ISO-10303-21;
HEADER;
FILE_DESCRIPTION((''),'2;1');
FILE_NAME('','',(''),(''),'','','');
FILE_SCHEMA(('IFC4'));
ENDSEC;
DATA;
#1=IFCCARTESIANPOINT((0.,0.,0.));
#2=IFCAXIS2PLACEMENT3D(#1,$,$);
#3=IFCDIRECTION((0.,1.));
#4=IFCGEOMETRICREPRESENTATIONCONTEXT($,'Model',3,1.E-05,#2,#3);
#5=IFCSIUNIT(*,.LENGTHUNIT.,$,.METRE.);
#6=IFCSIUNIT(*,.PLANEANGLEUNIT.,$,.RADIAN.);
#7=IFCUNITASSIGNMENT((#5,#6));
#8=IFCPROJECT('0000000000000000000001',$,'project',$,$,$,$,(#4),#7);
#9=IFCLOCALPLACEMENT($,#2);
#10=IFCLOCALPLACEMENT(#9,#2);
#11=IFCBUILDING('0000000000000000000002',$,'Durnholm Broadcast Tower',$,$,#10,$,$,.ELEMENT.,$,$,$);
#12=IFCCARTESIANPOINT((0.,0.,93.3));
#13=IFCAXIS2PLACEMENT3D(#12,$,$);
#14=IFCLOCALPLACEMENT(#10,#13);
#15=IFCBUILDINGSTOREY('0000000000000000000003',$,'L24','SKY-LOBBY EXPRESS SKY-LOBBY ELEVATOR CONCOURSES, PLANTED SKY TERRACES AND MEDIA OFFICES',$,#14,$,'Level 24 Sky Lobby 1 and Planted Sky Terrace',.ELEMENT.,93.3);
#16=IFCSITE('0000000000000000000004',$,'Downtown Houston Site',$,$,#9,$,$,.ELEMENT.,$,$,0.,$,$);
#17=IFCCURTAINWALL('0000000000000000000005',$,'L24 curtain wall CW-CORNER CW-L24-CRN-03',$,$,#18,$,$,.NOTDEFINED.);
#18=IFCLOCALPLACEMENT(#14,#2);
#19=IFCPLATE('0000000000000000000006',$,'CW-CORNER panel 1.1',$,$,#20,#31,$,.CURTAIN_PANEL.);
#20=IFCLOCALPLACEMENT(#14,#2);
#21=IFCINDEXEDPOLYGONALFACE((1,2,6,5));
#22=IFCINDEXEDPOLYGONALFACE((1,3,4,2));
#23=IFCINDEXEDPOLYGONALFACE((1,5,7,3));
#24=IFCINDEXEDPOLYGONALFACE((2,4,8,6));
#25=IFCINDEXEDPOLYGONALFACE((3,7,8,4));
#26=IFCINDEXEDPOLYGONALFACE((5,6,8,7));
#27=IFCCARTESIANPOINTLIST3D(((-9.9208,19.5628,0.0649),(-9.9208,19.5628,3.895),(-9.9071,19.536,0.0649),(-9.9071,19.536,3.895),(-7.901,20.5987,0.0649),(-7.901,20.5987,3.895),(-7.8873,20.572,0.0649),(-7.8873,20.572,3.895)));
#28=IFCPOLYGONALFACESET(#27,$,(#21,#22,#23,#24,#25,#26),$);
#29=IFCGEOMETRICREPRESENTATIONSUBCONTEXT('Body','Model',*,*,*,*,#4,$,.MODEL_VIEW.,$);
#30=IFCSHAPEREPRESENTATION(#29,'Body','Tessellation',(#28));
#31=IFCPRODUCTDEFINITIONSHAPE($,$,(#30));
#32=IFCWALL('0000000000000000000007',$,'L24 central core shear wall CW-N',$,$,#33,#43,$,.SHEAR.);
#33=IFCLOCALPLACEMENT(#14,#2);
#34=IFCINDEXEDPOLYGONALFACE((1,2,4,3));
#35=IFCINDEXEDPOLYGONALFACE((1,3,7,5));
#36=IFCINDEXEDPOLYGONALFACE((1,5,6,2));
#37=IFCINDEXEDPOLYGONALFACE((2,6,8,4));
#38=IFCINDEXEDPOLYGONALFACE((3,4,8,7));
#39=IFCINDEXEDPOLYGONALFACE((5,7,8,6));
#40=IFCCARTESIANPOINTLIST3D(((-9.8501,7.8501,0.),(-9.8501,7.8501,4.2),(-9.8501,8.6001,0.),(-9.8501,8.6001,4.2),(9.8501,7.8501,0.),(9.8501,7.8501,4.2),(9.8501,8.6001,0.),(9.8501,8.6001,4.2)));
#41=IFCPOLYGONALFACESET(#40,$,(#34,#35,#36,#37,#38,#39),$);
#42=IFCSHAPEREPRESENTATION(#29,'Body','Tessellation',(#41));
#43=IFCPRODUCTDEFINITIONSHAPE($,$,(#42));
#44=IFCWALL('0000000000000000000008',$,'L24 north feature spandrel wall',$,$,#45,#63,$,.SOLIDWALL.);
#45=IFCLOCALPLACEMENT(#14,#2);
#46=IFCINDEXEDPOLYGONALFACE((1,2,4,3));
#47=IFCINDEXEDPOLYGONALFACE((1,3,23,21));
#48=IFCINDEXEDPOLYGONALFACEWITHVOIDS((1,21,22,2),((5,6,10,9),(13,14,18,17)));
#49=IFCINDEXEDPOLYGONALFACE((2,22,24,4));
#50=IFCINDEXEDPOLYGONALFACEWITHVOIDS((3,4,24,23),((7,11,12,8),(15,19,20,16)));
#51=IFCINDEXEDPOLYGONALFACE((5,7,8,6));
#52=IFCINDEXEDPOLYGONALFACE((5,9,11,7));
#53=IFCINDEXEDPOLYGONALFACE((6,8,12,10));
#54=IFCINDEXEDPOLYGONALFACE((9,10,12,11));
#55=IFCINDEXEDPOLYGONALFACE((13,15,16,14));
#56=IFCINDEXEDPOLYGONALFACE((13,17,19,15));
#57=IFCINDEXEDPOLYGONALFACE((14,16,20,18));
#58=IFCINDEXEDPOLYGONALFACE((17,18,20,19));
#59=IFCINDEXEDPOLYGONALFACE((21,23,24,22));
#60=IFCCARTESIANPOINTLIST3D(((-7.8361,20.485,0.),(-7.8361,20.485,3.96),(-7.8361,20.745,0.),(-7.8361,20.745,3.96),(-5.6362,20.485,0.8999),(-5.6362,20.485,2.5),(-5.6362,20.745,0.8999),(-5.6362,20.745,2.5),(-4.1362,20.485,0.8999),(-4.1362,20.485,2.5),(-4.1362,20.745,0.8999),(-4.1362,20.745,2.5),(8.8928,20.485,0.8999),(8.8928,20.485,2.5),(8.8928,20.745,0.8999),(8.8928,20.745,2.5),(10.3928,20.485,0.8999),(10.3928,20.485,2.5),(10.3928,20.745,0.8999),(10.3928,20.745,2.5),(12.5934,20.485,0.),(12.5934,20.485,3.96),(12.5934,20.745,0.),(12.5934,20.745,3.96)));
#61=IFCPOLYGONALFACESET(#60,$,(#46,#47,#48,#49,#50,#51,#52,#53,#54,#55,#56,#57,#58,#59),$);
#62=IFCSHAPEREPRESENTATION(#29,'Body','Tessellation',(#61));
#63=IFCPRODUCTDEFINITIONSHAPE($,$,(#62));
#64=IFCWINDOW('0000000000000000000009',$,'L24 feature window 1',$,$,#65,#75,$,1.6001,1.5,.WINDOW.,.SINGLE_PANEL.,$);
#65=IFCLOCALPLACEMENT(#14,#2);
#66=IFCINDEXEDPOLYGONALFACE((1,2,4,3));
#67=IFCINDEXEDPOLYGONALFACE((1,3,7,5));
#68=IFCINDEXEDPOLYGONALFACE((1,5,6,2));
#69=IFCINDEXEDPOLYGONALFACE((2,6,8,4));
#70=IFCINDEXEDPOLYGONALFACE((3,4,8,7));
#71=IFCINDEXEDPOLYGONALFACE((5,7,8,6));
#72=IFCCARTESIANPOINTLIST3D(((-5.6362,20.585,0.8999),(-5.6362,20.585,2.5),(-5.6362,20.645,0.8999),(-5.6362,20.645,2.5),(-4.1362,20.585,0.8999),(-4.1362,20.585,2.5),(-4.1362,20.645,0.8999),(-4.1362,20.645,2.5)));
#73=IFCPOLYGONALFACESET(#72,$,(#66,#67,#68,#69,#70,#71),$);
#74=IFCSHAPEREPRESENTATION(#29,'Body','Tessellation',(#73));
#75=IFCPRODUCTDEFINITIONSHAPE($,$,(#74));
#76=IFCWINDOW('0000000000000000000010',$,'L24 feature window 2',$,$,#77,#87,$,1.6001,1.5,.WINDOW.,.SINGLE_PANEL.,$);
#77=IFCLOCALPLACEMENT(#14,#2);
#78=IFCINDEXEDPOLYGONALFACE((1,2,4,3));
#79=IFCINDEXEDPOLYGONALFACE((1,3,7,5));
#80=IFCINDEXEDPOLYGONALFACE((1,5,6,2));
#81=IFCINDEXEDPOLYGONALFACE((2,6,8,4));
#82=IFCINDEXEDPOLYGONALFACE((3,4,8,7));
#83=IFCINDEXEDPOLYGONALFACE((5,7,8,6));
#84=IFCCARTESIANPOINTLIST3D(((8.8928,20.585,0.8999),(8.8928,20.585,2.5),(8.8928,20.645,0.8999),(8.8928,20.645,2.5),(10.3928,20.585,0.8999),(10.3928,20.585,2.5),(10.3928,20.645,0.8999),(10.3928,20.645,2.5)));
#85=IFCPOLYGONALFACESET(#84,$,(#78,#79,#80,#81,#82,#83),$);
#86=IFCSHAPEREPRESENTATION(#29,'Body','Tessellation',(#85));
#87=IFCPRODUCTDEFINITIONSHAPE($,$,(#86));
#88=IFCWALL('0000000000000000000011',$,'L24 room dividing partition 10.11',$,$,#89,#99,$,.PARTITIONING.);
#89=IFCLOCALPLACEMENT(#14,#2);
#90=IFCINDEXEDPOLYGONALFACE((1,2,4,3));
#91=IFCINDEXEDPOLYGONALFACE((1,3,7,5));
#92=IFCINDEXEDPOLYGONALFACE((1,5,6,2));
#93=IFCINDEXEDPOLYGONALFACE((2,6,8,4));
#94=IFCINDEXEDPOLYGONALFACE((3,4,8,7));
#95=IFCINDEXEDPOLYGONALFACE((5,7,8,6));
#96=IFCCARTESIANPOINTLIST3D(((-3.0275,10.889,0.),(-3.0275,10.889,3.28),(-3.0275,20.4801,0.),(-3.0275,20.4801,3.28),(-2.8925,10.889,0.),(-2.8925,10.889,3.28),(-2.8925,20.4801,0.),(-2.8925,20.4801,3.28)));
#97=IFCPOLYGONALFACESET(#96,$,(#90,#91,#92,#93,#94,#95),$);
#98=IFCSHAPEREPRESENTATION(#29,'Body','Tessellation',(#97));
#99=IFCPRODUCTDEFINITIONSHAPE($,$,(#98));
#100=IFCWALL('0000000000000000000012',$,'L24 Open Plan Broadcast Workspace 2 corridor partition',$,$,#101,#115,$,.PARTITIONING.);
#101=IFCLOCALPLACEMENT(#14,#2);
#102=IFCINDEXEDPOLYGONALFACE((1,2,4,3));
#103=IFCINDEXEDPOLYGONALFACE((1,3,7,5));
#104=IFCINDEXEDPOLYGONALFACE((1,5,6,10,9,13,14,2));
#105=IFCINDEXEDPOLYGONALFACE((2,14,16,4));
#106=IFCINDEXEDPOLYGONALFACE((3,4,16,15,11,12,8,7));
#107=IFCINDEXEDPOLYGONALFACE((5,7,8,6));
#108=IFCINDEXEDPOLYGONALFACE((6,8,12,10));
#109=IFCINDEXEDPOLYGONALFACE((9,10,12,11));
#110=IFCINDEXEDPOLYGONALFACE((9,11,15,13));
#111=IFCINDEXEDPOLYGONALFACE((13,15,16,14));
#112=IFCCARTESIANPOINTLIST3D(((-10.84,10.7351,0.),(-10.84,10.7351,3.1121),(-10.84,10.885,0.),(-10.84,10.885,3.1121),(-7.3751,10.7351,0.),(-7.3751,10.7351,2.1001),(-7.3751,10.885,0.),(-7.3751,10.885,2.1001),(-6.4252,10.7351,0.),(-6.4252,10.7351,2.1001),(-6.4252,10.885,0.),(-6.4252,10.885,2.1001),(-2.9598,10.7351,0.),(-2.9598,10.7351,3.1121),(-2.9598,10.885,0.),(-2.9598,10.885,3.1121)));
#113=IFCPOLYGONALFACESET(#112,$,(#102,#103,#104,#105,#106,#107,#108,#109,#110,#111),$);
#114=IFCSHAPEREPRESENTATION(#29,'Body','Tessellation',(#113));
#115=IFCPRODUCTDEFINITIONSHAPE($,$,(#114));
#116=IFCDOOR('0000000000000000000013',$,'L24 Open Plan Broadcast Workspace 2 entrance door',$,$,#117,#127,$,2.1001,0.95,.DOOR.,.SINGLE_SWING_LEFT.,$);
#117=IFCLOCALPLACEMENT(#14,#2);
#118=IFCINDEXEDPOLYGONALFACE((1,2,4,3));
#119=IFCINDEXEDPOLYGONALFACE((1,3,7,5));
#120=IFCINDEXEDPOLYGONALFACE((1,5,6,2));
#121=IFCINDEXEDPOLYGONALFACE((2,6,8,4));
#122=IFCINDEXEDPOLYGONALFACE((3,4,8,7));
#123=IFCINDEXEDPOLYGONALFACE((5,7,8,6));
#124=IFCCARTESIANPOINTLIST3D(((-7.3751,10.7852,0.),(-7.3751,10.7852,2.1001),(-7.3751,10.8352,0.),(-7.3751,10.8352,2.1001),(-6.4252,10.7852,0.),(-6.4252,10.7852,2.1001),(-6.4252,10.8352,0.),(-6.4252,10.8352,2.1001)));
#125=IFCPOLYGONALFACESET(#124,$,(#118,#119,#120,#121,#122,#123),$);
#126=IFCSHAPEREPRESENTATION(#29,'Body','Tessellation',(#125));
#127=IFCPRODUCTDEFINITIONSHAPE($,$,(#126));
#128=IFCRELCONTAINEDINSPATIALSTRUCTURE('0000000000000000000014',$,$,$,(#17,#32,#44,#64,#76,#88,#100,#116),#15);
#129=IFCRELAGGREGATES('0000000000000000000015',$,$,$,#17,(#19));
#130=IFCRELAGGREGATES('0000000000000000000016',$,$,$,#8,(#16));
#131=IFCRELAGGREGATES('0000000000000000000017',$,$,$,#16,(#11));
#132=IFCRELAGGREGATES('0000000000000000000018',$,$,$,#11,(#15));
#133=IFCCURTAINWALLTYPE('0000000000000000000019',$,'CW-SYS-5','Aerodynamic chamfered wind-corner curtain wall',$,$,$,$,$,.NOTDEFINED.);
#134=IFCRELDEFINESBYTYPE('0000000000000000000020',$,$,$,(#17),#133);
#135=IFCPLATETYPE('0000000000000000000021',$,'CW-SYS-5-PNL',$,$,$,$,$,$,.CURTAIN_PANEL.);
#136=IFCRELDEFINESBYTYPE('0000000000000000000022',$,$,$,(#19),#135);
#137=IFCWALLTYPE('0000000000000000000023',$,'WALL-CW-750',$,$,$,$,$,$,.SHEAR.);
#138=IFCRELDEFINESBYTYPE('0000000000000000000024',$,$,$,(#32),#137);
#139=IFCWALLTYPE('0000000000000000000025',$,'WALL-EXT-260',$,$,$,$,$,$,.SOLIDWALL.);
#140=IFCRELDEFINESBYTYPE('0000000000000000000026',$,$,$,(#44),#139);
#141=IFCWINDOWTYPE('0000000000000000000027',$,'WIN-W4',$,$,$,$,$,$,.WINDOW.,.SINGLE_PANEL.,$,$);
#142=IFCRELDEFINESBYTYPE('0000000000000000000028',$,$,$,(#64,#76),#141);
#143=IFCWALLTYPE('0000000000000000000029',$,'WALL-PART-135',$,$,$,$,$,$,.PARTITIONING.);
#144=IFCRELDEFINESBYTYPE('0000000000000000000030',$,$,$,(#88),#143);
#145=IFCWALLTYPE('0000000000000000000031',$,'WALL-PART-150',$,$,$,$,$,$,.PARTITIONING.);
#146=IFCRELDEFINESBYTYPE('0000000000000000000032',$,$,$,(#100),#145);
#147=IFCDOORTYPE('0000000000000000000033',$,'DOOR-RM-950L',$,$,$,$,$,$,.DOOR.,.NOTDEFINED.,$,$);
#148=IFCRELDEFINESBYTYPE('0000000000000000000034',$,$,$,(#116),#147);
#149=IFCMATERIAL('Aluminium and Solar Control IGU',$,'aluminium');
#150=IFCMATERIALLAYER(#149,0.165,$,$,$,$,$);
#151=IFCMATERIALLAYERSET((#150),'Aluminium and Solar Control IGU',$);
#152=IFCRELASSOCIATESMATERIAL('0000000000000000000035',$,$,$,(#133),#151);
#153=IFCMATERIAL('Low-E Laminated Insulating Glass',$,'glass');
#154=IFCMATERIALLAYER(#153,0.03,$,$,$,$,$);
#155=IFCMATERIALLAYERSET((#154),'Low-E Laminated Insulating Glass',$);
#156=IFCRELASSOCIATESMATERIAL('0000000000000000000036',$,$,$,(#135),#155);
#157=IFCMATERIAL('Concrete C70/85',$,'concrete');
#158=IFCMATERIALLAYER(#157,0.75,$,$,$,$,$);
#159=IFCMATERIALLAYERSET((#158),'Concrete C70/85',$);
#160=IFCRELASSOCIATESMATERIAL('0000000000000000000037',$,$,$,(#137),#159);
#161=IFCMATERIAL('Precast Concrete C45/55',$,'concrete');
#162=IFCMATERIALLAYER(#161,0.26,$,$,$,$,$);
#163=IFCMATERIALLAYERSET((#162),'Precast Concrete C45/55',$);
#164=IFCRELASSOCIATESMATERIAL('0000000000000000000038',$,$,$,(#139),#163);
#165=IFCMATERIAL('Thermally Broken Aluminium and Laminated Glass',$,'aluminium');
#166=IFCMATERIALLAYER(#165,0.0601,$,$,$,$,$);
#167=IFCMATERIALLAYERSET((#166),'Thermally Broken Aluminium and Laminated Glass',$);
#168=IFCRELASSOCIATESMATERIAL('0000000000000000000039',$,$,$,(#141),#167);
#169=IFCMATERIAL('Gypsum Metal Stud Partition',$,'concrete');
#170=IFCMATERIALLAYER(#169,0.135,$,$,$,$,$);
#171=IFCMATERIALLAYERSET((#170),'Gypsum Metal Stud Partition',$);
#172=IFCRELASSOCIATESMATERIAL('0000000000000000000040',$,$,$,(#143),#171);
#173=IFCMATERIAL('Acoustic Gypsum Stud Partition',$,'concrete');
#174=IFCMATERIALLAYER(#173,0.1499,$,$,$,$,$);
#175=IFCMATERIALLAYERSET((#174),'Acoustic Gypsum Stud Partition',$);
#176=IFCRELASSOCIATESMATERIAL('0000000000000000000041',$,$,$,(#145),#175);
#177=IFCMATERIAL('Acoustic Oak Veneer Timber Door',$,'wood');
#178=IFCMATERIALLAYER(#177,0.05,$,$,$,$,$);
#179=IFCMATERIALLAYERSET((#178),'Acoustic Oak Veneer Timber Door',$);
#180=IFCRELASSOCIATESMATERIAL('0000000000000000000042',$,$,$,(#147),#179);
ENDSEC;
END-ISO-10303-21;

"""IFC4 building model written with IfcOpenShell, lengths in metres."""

from ifc_helpers import new_model, si_unit, direction, frame, frame_2d, origin, origin_2d, place, context, subcontext, project, spatial, rectangle, extrude, source, transform, mapped, material, layer, layer_set, type_object, type_shapes, element, fill, aggregate, save


model = new_model("IFC4")

# Units and contexts
model_context = context("Model", 3, precision=1e-05, world=origin(), true_north=direction((0.0, 1.0)))
body_context = subcontext(model_context, "Body", "Model", "MODEL_VIEW")
ifc_project = project(units=[si_unit("LENGTHUNIT", "METRE"), si_unit("PLANEANGLEUNIT", "RADIAN")], contexts=[model_context])

# Site, building, storey
site_placement = place(None, origin())
site = spatial("IfcSite", under=ifc_project, at=site_placement, Name="Downtown Houston Site", CompositionType="ELEMENT", RefElevation=0.0)
building_placement = place(site_placement, origin())
building = spatial("IfcBuilding", under=site, at=building_placement, Name="Durnholm Broadcast Tower", CompositionType="ELEMENT")
storey_placement = place(building_placement, frame((0.0, 0.0, 93.3)))
storey = spatial("IfcBuildingStorey", under=building, at=storey_placement, Name="L24", Description="SKY-LOBBY EXPRESS SKY-LOBBY ELEVATOR CONCOURSES, PLANTED SKY TERRACES AND MEDIA OFFICES", LongName="Level 24 Sky Lobby 1 and Planted Sky Terrace", CompositionType="ELEMENT", Elevation=93.3)

# Shared definitions
ifc_material_1 = material(Name="Concrete C70/85", Category="concrete")

# Curtain wall, plate
ifc_material_2 = material(Name="Aluminium and Solar Control IGU", Category="aluminium")
ifc_layer_1 = layer(ifc_material_2, 0.165)
ifc_layer_set_1 = layer_set([ifc_layer_1], Name="Aluminium and Solar Control IGU")
curtain_wall_type = type_object("IfcCurtainWallType", Name="CW-SYS-5", Description="Aerodynamic chamfered wind-corner curtain wall", PredefinedType="NOTDEFINED", material=ifc_layer_set_1)
curtain_wall_placement = place(storey_placement, origin())
curtain_wall = element("IfcCurtainWall", 1, at=curtain_wall_placement, inside=storey, type_object=curtain_wall_type, Name="L24 curtain wall CW-CORNER CW-L24-CRN-03", PredefinedType="NOTDEFINED")
ifc_material_3 = material(Name="Low-E Laminated Insulating Glass", Category="glass")
ifc_layer_2 = layer(ifc_material_3, 0.03)
ifc_layer_set_2 = layer_set([ifc_layer_2], Name="Low-E Laminated Insulating Glass")
plate_type = type_object("IfcPlateType", Name="CW-SYS-5-PNL", PredefinedType="CURTAIN_PANEL", material=ifc_layer_set_2)
shared_shape_1 = source(origin(), body_context, "Body", "SweptSolid", [
    extrude(rectangle(XDim=2.27, YDim=0.03, at=origin_2d()), origin(), (0.0, 0.0, 1.0), 3.8301),
])
type_shapes(plate_type, [shared_shape_1])
plate_placement = place(storey_placement, frame((-8.9041, 20.0674, 0.0649), z_axis=(0.0, 0.0, 1.0), x_axis=(0.889788, 0.456373, 0.0)))
plate = element("IfcPlate", 2, at=plate_placement, type_object=plate_type, Name="CW-CORNER panel 1.1", PredefinedType="CURTAIN_PANEL", context=body_context, shape_type="MappedRepresentation", body=[
    mapped(shared_shape_1, transform((0.0, 0.0, 0.0), x_axis=(1.0, 0.0, 0.0), y_axis=(0.0, 1.0, 0.0), z_axis=(0.0, 0.0, 1.0), scale=1.0)),
])
aggregate(curtain_wall, [plate])

# Wall
ifc_layer_3 = layer(ifc_material_1, 0.75)
ifc_layer_set_3 = layer_set([ifc_layer_3], Name="Concrete C70/85")
wall_type_1 = type_object("IfcWallType", Name="WALL-CW-750", PredefinedType="SHEAR", material=ifc_layer_set_3)
wall_1_placement = place(storey_placement, frame((-9.8501, 8.2251, 0.0), z_axis=(0.0, 0.0, 1.0), x_axis=(1.0, 0.0, 0.0)))
element("IfcWall", 3, at=wall_1_placement, inside=storey, type_object=wall_type_1, Name="L24 central core shear wall CW-N", PredefinedType="SHEAR", context=body_context, shape_type="SweptSolid", body=[
    extrude(rectangle(XDim=19.7002, YDim=0.75, at=frame_2d((9.8501, 0.0))), origin(), (0.0, 0.0, 1.0), 4.2),
])

# Wall, openings, windows
ifc_material_4 = material(Name="Precast Concrete C45/55", Category="concrete")
ifc_layer_4 = layer(ifc_material_4, 0.26)
ifc_layer_set_4 = layer_set([ifc_layer_4], Name="Precast Concrete C45/55")
wall_type_2 = type_object("IfcWallType", Name="WALL-EXT-260", PredefinedType="SOLIDWALL", material=ifc_layer_set_4)
wall_2_placement = place(storey_placement, frame((-7.8362, 20.615, 0.0), z_axis=(0.0, 0.0, 1.0), x_axis=(1.0, 0.0, 0.0)))
wall_2 = element("IfcWall", 4, at=wall_2_placement, inside=storey, type_object=wall_type_2, Name="L24 north feature spandrel wall", PredefinedType="SOLIDWALL", context=body_context, shape_type="SweptSolid", body=[
    extrude(rectangle(XDim=20.4294, YDim=0.26, at=frame_2d((10.2148, 0.0))), origin(), (0.0, 0.0, 1.0), 3.96),
])
opening_1_placement = place(wall_2_placement, frame((2.2, 0.0, 0.8999)))
opening_1 = element("IfcOpeningElement", 5, at=opening_1_placement, cuts=wall_2, PredefinedType="OPENING", context=body_context, shape_type="SweptSolid", body=[
    extrude(rectangle(XDim=1.5, YDim=1.6001, at=frame_2d((0.75, 0.8))), frame((0.0, 0.1401, 0.0), z_axis=(0.0, -1.0, 0.0), x_axis=(1.0, 0.0, 0.0)), (0.0, 0.0, 1.0), 0.28),
])
opening_2_placement = place(wall_2_placement, frame((16.729, 0.0, 0.8999)))
opening_2 = element("IfcOpeningElement", 6, at=opening_2_placement, cuts=wall_2, PredefinedType="OPENING", context=body_context, shape_type="SweptSolid", body=[
    extrude(rectangle(XDim=1.5, YDim=1.6001, at=frame_2d((0.75, 0.8))), frame((0.0, 0.1401, 0.0), z_axis=(0.0, -1.0, 0.0), x_axis=(1.0, 0.0, 0.0)), (0.0, 0.0, 1.0), 0.28),
])
ifc_material_5 = material(Name="Thermally Broken Aluminium and Laminated Glass", Category="aluminium")
ifc_layer_5 = layer(ifc_material_5, 0.0601)
ifc_layer_set_5 = layer_set([ifc_layer_5], Name="Thermally Broken Aluminium and Laminated Glass")
window_type = type_object("IfcWindowType", Name="WIN-W4", PartitioningType="SINGLE_PANEL", PredefinedType="WINDOW", material=ifc_layer_set_5)
shared_shape_2 = source(origin(), body_context, "Body", "SweptSolid", [
    extrude(rectangle(XDim=1.5, YDim=1.6001, at=frame_2d((0.75, 0.8))), frame((0.0, 0.03, 0.0), z_axis=(0.0, -1.0, 0.0), x_axis=(1.0, 0.0, 0.0)), (0.0, 0.0, 1.0), 0.0601),
])
type_shapes(window_type, [shared_shape_2])
window_1_placement = place(opening_1_placement, origin())
window_1 = element("IfcWindow", 7, at=window_1_placement, inside=storey, type_object=window_type, Name="L24 feature window 1", OverallHeight=1.6001, OverallWidth=1.5, PartitioningType="SINGLE_PANEL", PredefinedType="WINDOW", context=body_context, shape_type="MappedRepresentation", body=[
    mapped(shared_shape_2, transform((0.0, 0.0, 0.0), x_axis=(1.0, 0.0, 0.0), y_axis=(0.0, 1.0, 0.0), z_axis=(0.0, 0.0, 1.0), scale=1.0)),
])
fill(opening_1, window_1)
window_2_placement = place(opening_2_placement, origin())
window_2 = element("IfcWindow", 8, at=window_2_placement, inside=storey, type_object=window_type, Name="L24 feature window 2", OverallHeight=1.6001, OverallWidth=1.5, PartitioningType="SINGLE_PANEL", PredefinedType="WINDOW", context=body_context, shape_type="MappedRepresentation", body=[
    mapped(shared_shape_2, transform((0.0, 0.0, 0.0), x_axis=(1.0, 0.0, 0.0), y_axis=(0.0, 1.0, 0.0), z_axis=(0.0, 0.0, 1.0), scale=1.0)),
])
fill(opening_2, window_2)

# Wall
ifc_material_6 = material(Name="Gypsum Metal Stud Partition", Category="concrete")
ifc_layer_6 = layer(ifc_material_6, 0.135)
ifc_layer_set_6 = layer_set([ifc_layer_6], Name="Gypsum Metal Stud Partition")
wall_type_3 = type_object("IfcWallType", Name="WALL-PART-135", PredefinedType="PARTITIONING", material=ifc_layer_set_6)
wall_3_placement = place(storey_placement, frame((-2.96, 20.48, 0.0), z_axis=(0.0, 0.0, 1.0), x_axis=(0.0, -1.0, 0.0)))
element("IfcWall", 9, at=wall_3_placement, inside=storey, type_object=wall_type_3, Name="L24 room dividing partition 10.11", PredefinedType="PARTITIONING", context=body_context, shape_type="SweptSolid", body=[
    extrude(rectangle(XDim=9.5911, YDim=0.135, at=frame_2d((4.7954, 0.0))), origin(), (0.0, 0.0, 1.0), 3.28),
])

# Wall, opening, door
ifc_material_7 = material(Name="Acoustic Gypsum Stud Partition", Category="concrete")
ifc_layer_7 = layer(ifc_material_7, 0.1499)
ifc_layer_set_7 = layer_set([ifc_layer_7], Name="Acoustic Gypsum Stud Partition")
wall_type_4 = type_object("IfcWallType", Name="WALL-PART-150", PredefinedType="PARTITIONING", material=ifc_layer_set_7)
wall_4_placement = place(storey_placement, frame((-2.96, 10.8101, 0.0), z_axis=(0.0, 0.0, 1.0), x_axis=(-1.0, 0.0, 0.0)))
wall_4 = element("IfcWall", 10, at=wall_4_placement, inside=storey, type_object=wall_type_4, Name="L24 Open Plan Broadcast Workspace 2 corridor partition", PredefinedType="PARTITIONING", context=body_context, shape_type="SweptSolid", body=[
    extrude(rectangle(XDim=7.8801, YDim=0.1499, at=frame_2d((3.9399, 0.0))), origin(), (0.0, 0.0, 1.0), 3.1121),
])
opening_3_placement = place(wall_4_placement, frame((3.4651, 0.0, 0.0)))
opening_3 = element("IfcOpeningElement", 11, at=opening_3_placement, cuts=wall_4, PredefinedType="OPENING", context=body_context, shape_type="SweptSolid", body=[
    extrude(rectangle(XDim=0.95, YDim=2.1001, at=frame_2d((0.4751, 1.05))), frame((0.0, 0.085, 0.0), z_axis=(0.0, -1.0, 0.0), x_axis=(1.0, 0.0, 0.0)), (0.0, 0.0, 1.0), 0.1699),
])
ifc_material_8 = material(Name="Acoustic Oak Veneer Timber Door", Category="wood")
ifc_layer_8 = layer(ifc_material_8, 0.05)
ifc_layer_set_8 = layer_set([ifc_layer_8], Name="Acoustic Oak Veneer Timber Door")
door_type = type_object("IfcDoorType", Name="DOOR-RM-950L", OperationType="NOTDEFINED", PredefinedType="DOOR", material=ifc_layer_set_8)
shared_shape_3 = source(origin(), body_context, "Body", "SweptSolid", [
    extrude(rectangle(XDim=0.95, YDim=2.1001, at=frame_2d((0.4751, 1.05))), frame((0.0, 0.0249, 0.0), z_axis=(0.0, -1.0, 0.0), x_axis=(1.0, 0.0, 0.0)), (0.0, 0.0, 1.0), 0.05),
])
type_shapes(door_type, [shared_shape_3])
door_placement = place(opening_3_placement, origin())
door = element("IfcDoor", 12, at=door_placement, inside=storey, type_object=door_type, Name="L24 Open Plan Broadcast Workspace 2 entrance door", OperationType="SINGLE_SWING_LEFT", OverallHeight=2.1001, OverallWidth=0.95, PredefinedType="DOOR", context=body_context, shape_type="MappedRepresentation", body=[
    mapped(shared_shape_3, transform((0.0, 0.0, 0.0), x_axis=(1.0, 0.0, 0.0), y_axis=(0.0, 1.0, 0.0), z_axis=(0.0, 0.0, 1.0), scale=1.0)),
])
fill(opening_3, door)

save(model, "model.ifc")
